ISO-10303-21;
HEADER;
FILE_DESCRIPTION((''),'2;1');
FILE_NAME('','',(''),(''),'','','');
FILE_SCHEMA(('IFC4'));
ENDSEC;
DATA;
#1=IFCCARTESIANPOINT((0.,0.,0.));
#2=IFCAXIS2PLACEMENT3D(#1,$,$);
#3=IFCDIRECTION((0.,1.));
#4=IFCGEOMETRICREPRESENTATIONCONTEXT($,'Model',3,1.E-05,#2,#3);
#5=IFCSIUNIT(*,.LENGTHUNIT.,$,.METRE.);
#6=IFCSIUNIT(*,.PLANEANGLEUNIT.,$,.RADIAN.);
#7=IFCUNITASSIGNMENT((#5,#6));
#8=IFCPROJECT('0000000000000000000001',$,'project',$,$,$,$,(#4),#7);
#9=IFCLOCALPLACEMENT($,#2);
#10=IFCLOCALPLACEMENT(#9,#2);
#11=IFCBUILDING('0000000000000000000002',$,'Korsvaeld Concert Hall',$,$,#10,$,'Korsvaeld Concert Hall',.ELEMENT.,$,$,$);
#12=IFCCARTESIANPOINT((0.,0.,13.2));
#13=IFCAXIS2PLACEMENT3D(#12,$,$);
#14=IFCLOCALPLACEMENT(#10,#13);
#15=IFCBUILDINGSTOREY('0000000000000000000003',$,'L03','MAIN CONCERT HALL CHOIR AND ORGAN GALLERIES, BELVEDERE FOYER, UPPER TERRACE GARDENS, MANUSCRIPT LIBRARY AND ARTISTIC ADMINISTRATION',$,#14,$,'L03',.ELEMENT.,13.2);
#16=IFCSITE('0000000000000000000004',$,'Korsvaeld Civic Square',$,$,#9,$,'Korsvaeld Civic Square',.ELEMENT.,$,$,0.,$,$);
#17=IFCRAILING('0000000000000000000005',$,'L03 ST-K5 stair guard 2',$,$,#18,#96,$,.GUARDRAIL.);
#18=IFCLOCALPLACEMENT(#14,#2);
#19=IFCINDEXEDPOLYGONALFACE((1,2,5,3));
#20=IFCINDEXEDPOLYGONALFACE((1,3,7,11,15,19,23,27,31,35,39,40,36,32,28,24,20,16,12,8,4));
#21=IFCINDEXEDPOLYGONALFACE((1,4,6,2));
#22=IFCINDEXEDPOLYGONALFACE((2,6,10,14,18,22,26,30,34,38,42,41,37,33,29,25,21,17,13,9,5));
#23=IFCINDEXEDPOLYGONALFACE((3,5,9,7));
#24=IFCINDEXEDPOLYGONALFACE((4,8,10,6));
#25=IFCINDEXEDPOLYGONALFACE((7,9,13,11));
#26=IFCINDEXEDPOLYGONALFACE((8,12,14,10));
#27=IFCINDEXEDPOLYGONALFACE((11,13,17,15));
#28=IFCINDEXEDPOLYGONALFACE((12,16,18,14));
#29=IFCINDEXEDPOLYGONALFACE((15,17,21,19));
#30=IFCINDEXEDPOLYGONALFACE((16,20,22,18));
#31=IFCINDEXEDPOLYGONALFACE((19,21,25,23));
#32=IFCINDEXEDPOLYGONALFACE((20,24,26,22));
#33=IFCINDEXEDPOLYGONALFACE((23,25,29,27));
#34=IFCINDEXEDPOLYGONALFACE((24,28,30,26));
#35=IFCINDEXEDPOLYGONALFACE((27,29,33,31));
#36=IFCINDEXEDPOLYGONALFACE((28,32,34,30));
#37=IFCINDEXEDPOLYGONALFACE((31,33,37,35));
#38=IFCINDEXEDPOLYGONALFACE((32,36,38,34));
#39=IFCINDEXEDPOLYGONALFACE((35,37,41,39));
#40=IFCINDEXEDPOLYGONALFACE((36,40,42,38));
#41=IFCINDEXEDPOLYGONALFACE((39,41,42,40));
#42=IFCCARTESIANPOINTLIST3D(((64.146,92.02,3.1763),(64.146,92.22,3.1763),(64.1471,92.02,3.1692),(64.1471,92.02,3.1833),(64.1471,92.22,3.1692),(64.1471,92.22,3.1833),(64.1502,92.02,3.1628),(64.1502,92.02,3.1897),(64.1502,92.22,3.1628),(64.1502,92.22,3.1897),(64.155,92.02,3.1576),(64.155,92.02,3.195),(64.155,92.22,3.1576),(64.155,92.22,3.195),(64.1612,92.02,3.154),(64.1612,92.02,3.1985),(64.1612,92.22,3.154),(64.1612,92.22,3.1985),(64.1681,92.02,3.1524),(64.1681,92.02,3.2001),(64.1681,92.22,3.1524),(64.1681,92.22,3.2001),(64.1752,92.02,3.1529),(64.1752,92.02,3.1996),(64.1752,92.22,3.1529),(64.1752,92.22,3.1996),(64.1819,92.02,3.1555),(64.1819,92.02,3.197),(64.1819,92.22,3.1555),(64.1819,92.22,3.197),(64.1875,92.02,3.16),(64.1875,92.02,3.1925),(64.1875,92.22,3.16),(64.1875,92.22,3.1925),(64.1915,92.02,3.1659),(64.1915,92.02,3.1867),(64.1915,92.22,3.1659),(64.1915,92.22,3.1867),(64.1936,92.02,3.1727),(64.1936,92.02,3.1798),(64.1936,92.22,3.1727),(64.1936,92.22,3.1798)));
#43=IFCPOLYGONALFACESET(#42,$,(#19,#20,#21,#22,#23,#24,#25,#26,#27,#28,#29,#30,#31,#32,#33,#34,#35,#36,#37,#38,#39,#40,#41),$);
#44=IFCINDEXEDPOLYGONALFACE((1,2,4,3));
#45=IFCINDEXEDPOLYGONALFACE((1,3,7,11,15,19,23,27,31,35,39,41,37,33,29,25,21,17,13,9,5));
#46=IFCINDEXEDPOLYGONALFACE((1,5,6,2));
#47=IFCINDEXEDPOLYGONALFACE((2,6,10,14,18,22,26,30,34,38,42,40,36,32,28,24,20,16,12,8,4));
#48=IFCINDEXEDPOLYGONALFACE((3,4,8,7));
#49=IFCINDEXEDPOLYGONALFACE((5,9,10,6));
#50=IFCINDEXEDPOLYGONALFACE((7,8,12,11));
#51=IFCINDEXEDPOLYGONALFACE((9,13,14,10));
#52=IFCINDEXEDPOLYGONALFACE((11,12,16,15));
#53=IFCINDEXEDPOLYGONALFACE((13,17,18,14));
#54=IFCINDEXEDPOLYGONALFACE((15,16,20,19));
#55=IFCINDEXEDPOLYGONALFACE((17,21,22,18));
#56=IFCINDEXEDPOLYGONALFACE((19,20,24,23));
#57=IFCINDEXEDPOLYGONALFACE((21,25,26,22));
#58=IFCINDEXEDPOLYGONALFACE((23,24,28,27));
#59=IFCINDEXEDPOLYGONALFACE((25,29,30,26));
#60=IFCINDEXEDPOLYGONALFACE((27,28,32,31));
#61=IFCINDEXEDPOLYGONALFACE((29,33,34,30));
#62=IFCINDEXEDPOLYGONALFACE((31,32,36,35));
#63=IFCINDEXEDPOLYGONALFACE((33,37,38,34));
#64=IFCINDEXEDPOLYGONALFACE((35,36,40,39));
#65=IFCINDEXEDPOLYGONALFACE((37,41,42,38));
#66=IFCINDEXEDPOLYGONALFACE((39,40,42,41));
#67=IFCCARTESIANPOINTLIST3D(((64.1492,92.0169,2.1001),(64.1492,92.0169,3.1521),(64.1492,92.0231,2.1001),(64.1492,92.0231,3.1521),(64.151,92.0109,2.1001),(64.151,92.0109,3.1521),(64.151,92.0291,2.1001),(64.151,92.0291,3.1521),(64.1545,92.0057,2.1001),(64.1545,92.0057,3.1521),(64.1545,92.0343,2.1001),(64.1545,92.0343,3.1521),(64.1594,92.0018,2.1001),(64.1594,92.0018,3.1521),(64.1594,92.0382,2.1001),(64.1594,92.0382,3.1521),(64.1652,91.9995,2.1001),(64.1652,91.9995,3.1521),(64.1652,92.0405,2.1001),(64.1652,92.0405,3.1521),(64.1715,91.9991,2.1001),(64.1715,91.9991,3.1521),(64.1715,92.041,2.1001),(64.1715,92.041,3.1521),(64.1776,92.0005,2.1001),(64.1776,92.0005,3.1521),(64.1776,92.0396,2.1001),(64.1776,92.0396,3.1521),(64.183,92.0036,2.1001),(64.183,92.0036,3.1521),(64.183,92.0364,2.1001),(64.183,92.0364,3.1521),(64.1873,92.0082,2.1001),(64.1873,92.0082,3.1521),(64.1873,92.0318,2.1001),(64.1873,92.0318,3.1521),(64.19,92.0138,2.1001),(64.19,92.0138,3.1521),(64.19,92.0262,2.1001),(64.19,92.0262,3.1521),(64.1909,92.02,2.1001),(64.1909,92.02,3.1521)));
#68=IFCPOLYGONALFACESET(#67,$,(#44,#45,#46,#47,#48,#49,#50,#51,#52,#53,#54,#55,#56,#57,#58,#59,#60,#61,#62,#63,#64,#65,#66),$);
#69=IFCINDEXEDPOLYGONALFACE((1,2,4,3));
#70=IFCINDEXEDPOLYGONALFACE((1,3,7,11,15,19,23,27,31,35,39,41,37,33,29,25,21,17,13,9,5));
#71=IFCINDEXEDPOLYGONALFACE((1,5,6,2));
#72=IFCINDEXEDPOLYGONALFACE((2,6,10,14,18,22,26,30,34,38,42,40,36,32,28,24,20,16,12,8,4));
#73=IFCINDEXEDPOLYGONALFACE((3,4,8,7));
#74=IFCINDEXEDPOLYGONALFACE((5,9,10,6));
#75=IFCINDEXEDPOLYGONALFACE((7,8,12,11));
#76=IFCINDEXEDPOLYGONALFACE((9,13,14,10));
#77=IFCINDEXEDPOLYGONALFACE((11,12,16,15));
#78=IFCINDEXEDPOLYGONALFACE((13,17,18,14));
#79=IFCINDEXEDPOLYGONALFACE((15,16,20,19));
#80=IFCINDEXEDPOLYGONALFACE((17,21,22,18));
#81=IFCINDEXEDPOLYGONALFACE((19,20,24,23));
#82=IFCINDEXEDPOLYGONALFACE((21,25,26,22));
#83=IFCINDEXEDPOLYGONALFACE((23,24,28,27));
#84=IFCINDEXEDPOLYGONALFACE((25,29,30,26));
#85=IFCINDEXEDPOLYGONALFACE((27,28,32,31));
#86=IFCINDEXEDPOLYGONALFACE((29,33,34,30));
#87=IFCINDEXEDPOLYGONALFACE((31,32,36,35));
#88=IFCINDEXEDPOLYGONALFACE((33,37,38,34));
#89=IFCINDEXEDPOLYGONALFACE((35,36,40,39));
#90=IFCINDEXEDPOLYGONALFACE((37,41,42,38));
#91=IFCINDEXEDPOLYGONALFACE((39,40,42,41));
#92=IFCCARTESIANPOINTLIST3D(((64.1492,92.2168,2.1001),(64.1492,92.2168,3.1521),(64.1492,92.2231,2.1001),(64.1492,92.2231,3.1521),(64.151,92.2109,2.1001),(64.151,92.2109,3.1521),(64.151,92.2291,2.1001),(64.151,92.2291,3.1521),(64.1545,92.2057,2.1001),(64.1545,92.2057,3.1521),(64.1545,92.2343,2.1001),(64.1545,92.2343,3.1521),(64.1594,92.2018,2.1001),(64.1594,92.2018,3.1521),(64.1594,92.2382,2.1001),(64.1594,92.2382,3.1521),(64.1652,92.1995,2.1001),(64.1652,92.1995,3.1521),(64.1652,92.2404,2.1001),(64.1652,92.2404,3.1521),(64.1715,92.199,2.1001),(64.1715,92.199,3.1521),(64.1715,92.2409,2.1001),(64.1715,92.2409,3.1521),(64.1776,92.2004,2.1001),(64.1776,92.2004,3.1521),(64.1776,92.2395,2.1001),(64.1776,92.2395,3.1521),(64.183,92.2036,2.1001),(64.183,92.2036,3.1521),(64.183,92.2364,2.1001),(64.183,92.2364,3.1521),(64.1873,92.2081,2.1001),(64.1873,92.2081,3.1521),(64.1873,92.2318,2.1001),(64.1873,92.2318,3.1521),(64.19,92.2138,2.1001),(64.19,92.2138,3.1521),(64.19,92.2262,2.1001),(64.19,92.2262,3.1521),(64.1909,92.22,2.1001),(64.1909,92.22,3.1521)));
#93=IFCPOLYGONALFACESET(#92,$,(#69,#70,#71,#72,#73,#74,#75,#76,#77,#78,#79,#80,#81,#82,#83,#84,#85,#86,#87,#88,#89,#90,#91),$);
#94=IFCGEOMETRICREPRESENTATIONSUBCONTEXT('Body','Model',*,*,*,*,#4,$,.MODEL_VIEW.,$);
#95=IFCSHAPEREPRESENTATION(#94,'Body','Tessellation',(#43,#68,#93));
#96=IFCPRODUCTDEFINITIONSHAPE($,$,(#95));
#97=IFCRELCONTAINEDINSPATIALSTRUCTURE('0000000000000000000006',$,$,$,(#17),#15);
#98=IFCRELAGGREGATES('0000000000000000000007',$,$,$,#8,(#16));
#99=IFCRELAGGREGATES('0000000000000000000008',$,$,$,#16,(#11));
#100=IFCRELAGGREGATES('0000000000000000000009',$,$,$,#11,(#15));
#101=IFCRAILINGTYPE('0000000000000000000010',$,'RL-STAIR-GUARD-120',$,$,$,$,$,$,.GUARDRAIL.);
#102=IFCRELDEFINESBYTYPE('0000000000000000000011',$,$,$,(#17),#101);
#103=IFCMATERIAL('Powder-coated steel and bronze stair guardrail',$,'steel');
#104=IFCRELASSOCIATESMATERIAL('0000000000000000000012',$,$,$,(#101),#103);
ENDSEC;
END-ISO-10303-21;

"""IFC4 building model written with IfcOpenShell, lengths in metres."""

from ifc_helpers import new_model, si_unit, direction, frame, origin, origin_2d, place, context, subcontext, project, spatial, circle, extrude, material, type_object, element, save


model = new_model("IFC4")

# Units and contexts
model_context = context("Model", 3, precision=1e-05, world=origin(), true_north=direction((0.0, 1.0)))
body_context = subcontext(model_context, "Body", "Model", "MODEL_VIEW")
ifc_project = project(units=[si_unit("LENGTHUNIT", "METRE"), si_unit("PLANEANGLEUNIT", "RADIAN")], contexts=[model_context])

# Site, building, storey
site_placement = place(None, origin())
site = spatial("IfcSite", under=ifc_project, at=site_placement, Name="Korsvaeld Civic Square", LongName="Korsvaeld Civic Square", CompositionType="ELEMENT", RefElevation=0.0)
building_placement = place(site_placement, origin())
building = spatial("IfcBuilding", under=site, at=building_placement, Name="Korsvaeld Concert Hall", LongName="Korsvaeld Concert Hall", CompositionType="ELEMENT")
storey_placement = place(building_placement, frame((0.0, 0.0, 13.2)))
storey = spatial("IfcBuildingStorey", under=building, at=storey_placement, Name="L03", Description="MAIN CONCERT HALL CHOIR AND ORGAN GALLERIES, BELVEDERE FOYER, UPPER TERRACE GARDENS, MANUSCRIPT LIBRARY AND ARTISTIC ADMINISTRATION", LongName="L03", CompositionType="ELEMENT", Elevation=13.2)

# Railing
ifc_material_1 = material(Name="Powder-coated steel and bronze stair guardrail", Category="steel")
railing_type_1 = type_object("IfcRailingType", Name="RL-STAIR-GUARD-120", PredefinedType="GUARDRAIL", material=ifc_material_1)
railing_1_placement = place(storey_placement, frame((64.1699, 92.02, 2.1001)))
element("IfcRailing", 1, at=railing_1_placement, inside=storey, type_object=railing_type_1, Name="L03 ST-K5 stair guard 2", PredefinedType="GUARDRAIL", context=body_context, shape_type="SweptSolid", body=[
    extrude(circle(Radius=0.0239, at=origin_2d()), frame((0.0, 0.0, 1.0762), z_axis=(0.0, 1.0, 0.0), x_axis=(-1.0, 0.0, 0.0)), (0.0, 0.0, 1.0), 0.2),
    extrude(circle(Radius=0.021, at=origin_2d()), origin(), (0.0, 0.0, 1.0), 1.052),
    extrude(circle(Radius=0.021, at=origin_2d()), frame((0.0, 0.2, 0.0)), (0.0, 0.0, 1.0), 1.052),
])

save(model, "model.ifc")
